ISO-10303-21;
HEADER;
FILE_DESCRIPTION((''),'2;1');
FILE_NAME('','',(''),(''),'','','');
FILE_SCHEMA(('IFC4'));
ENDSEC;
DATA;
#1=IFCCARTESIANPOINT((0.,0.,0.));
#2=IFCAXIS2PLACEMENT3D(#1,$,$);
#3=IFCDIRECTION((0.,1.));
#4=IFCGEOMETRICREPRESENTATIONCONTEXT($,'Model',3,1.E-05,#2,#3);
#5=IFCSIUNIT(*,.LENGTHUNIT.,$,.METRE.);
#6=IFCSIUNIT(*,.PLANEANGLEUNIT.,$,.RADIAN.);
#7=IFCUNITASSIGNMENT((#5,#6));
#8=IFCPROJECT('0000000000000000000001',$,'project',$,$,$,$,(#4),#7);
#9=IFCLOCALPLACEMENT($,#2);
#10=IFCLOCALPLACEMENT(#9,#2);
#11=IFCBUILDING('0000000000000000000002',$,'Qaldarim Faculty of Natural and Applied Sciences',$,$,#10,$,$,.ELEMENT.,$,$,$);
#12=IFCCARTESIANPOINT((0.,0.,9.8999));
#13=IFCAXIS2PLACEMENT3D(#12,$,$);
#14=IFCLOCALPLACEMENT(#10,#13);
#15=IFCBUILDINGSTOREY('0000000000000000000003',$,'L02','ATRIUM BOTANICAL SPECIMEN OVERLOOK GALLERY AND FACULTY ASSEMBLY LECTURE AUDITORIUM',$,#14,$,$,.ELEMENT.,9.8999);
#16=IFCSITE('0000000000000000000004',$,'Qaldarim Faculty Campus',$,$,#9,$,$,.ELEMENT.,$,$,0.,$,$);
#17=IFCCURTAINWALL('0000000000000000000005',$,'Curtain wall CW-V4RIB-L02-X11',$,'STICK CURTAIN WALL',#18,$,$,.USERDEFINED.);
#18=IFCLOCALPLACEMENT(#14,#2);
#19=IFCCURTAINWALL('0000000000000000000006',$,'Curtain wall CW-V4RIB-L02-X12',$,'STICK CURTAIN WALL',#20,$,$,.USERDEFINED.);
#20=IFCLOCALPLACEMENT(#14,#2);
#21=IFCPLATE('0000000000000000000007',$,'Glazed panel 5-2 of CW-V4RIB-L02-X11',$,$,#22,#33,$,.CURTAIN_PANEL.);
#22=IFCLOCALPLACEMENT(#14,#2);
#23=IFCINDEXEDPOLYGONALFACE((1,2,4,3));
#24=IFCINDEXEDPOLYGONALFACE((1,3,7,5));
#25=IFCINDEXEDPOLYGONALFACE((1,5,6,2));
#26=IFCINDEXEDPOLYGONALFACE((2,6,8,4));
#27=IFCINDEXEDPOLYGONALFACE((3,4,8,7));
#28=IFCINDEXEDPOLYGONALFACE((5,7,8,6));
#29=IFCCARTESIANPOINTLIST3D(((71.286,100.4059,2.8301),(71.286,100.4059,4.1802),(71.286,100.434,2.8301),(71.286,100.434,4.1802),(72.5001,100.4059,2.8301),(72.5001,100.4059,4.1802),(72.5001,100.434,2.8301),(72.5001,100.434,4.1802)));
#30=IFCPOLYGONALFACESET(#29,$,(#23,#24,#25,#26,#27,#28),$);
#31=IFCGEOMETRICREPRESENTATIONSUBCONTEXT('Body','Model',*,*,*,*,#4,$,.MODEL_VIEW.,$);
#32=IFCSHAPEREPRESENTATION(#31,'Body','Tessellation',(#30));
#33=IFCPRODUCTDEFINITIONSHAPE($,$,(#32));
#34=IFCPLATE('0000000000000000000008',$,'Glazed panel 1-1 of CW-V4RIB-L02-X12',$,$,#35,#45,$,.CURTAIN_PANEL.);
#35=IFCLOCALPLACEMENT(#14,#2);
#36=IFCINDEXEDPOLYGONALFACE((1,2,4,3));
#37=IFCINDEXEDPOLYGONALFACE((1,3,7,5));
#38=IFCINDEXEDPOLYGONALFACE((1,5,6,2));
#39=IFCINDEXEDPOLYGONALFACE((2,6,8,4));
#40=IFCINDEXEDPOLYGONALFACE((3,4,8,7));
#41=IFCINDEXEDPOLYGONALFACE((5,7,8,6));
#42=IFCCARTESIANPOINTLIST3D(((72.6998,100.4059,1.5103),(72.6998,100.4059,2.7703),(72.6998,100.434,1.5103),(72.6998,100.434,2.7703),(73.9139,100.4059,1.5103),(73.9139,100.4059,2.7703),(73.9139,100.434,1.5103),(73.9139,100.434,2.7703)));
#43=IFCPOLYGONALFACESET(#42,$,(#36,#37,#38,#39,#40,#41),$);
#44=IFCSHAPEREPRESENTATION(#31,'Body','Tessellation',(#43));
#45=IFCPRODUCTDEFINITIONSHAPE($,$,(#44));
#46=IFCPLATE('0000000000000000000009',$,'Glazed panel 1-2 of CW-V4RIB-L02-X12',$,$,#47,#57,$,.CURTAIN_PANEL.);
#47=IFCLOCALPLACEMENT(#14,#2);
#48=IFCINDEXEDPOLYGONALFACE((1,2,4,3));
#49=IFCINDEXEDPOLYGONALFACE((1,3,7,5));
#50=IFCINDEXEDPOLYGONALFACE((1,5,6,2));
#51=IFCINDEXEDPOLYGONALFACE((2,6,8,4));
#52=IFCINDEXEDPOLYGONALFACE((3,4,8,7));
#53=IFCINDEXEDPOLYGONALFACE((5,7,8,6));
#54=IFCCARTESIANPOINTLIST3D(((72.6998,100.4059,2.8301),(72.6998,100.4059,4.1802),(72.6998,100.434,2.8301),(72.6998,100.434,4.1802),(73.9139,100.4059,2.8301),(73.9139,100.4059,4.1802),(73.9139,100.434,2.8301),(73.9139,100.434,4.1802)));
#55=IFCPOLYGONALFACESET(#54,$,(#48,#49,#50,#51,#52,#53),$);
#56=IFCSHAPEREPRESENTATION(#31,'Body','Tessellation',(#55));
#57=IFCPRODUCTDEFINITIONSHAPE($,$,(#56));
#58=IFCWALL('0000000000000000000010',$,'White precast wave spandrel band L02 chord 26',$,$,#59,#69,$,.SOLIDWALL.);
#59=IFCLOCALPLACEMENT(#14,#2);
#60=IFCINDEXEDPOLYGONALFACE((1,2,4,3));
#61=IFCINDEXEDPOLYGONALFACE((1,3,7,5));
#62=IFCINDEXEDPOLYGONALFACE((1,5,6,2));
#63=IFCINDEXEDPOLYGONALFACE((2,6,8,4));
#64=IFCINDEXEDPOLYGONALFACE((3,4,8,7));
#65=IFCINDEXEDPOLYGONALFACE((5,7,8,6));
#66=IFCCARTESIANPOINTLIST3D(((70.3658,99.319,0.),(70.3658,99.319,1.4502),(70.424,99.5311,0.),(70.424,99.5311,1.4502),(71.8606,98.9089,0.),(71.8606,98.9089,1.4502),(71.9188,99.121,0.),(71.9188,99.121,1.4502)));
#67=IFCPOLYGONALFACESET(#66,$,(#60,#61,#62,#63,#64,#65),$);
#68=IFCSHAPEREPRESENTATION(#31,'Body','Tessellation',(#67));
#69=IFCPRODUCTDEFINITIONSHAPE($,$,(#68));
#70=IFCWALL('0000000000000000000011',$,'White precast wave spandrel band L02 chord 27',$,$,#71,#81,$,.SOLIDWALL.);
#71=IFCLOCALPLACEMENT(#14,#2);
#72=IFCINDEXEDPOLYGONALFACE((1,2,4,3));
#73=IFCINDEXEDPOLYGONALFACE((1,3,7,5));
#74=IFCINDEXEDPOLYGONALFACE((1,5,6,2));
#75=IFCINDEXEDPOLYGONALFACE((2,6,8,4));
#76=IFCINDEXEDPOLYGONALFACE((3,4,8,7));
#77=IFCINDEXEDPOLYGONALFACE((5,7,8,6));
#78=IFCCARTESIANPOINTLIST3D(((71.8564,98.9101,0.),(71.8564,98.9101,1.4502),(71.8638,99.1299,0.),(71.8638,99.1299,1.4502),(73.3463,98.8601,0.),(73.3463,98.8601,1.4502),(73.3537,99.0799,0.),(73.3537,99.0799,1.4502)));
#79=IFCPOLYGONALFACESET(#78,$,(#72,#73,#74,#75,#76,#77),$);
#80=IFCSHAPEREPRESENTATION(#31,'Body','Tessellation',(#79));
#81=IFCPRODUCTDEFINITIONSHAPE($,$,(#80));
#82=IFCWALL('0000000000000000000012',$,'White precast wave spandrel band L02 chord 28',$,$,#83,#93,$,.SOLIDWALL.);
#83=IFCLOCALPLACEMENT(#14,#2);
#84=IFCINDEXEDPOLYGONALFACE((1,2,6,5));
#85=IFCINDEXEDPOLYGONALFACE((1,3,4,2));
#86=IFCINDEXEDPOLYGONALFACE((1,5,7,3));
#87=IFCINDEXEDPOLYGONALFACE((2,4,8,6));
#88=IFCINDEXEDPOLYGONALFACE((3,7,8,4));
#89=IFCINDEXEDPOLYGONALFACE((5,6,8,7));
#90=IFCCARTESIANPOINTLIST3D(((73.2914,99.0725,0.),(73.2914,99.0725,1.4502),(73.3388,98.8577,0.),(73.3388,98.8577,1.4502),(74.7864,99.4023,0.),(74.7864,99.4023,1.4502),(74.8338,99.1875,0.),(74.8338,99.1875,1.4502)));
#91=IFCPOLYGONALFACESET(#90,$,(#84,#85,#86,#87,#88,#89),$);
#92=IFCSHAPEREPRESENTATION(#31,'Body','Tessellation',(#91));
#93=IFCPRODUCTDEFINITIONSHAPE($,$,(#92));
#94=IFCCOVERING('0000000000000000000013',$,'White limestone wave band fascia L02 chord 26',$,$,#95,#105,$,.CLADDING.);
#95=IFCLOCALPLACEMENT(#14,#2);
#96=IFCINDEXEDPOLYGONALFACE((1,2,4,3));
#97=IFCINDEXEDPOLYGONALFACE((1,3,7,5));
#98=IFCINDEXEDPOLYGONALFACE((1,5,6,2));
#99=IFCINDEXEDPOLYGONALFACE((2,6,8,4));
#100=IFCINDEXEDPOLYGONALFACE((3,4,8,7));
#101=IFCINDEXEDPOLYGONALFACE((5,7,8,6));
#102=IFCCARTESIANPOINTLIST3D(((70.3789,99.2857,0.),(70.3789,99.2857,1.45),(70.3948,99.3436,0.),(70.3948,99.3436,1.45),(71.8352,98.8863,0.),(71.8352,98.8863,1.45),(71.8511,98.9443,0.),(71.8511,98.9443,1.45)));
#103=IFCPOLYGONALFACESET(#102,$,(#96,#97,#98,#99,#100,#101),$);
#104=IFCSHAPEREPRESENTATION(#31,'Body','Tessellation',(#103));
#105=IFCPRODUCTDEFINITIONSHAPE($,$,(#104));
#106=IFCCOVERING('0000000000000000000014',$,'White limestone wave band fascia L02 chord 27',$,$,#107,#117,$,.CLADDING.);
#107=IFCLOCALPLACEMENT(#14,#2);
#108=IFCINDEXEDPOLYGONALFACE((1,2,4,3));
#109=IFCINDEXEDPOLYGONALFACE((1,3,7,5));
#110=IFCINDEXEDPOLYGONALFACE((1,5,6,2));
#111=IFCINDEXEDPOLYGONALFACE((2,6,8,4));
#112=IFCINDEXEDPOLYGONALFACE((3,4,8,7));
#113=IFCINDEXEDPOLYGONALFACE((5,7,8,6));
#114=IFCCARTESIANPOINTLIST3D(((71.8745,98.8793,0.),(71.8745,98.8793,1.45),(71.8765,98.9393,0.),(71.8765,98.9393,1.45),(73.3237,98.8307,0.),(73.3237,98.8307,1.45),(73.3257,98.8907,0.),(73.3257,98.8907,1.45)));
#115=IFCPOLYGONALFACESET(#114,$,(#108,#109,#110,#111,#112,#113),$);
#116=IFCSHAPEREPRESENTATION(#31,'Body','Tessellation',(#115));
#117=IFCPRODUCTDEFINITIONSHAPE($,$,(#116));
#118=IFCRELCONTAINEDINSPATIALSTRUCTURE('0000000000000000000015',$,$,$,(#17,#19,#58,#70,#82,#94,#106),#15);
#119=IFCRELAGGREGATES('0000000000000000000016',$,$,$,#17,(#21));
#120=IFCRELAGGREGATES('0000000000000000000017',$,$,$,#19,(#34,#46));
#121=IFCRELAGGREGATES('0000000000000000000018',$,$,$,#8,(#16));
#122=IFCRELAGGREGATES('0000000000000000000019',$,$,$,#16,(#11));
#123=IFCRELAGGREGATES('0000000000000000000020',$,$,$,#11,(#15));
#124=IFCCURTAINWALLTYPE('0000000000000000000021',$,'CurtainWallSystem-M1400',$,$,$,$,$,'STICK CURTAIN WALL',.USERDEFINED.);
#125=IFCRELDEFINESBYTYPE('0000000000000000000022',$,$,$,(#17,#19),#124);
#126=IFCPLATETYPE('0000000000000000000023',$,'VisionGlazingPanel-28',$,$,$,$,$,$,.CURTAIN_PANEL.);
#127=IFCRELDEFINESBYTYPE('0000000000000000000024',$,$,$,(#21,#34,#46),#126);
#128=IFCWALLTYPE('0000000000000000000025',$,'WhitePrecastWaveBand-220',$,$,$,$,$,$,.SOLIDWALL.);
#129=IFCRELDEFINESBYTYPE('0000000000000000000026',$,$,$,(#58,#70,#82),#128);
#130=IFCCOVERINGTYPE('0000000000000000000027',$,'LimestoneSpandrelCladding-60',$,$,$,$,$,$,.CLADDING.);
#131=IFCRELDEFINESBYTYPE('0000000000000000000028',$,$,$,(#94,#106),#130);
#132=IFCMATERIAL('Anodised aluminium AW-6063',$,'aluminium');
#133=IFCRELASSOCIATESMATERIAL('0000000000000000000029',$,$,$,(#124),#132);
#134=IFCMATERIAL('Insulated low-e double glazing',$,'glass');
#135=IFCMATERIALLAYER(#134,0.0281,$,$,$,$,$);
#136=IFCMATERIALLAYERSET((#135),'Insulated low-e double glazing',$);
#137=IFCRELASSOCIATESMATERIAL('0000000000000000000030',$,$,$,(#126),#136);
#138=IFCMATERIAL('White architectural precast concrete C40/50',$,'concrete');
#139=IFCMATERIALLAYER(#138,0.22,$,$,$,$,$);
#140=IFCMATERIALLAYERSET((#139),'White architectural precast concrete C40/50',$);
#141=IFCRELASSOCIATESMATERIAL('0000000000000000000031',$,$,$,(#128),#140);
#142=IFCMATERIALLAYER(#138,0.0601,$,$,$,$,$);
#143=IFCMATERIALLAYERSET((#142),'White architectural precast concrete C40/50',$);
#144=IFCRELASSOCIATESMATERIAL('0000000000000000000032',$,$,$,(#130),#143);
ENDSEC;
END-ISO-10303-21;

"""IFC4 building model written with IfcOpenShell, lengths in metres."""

from ifc_helpers import new_model, si_unit, direction, frame, frame_2d, origin, origin_2d, place, context, subcontext, project, spatial, rectangle, extrude, material, layer, layer_set, type_object, element, aggregate, save


model = new_model("IFC4")

# Units and contexts
model_context = context("Model", 3, precision=1e-05, world=origin(), true_north=direction((0.0, 1.0)))
body_context = subcontext(model_context, "Body", "Model", "MODEL_VIEW")
ifc_project = project(units=[si_unit("LENGTHUNIT", "METRE"), si_unit("PLANEANGLEUNIT", "RADIAN")], contexts=[model_context])

# Site, building, storey
site_placement = place(None, origin())
site = spatial("IfcSite", under=ifc_project, at=site_placement, Name="Qaldarim Faculty Campus", CompositionType="ELEMENT", RefElevation=0.0)
building_placement = place(site_placement, origin())
building = spatial("IfcBuilding", under=site, at=building_placement, Name="Qaldarim Faculty of Natural and Applied Sciences", CompositionType="ELEMENT")
storey_placement = place(building_placement, frame((0.0, 0.0, 9.8999)))
storey = spatial("IfcBuildingStorey", under=building, at=storey_placement, Name="L02", Description="ATRIUM BOTANICAL SPECIMEN OVERLOOK GALLERY AND FACULTY ASSEMBLY LECTURE AUDITORIUM", CompositionType="ELEMENT", Elevation=9.8999)

# Curtain walls
ifc_material_1 = material(Name="Anodised aluminium AW-6063", Category="aluminium")
curtain_wall_type = type_object("IfcCurtainWallType", Name="CurtainWallSystem-M1400", ElementType="STICK CURTAIN WALL", PredefinedType="USERDEFINED", material=ifc_material_1)
curtain_wall_1_placement = place(storey_placement, origin())
curtain_wall_1 = element("IfcCurtainWall", 1, at=curtain_wall_1_placement, inside=storey, type_object=curtain_wall_type, Name="Curtain wall CW-V4RIB-L02-X11", ObjectType="STICK CURTAIN WALL", PredefinedType="USERDEFINED")
curtain_wall_2_placement = place(storey_placement, origin())
curtain_wall_2 = element("IfcCurtainWall", 2, at=curtain_wall_2_placement, inside=storey, type_object=curtain_wall_type, Name="Curtain wall CW-V4RIB-L02-X12", ObjectType="STICK CURTAIN WALL", PredefinedType="USERDEFINED")

# Plates
ifc_material_2 = material(Name="Insulated low-e double glazing", Category="glass")
ifc_layer_1 = layer(ifc_material_2, 0.0281)
ifc_layer_set_1 = layer_set([ifc_layer_1], Name="Insulated low-e double glazing")
plate_type = type_object("IfcPlateType", Name="VisionGlazingPanel-28", PredefinedType="CURTAIN_PANEL", material=ifc_layer_set_1)
plate_1_placement = place(storey_placement, frame((71.8931, 100.4199, 2.8301), z_axis=(0.0, 0.0, 1.0), x_axis=(1.0, 0.0, 0.0)))
plate_1 = element("IfcPlate", 3, at=plate_1_placement, type_object=plate_type, Name="Glazed panel 5-2 of CW-V4RIB-L02-X11", PredefinedType="CURTAIN_PANEL", context=body_context, shape_type="SweptSolid", body=[
    extrude(rectangle(XDim=1.2141, YDim=0.0281, at=origin_2d()), origin(), (0.0, 0.0, 1.0), 1.3501),
])
aggregate(curtain_wall_1, [plate_1])
plate_2_placement = place(storey_placement, frame((73.3069, 100.4199, 1.5103), z_axis=(0.0, 0.0, 1.0), x_axis=(1.0, 0.0, 0.0)))
plate_2 = element("IfcPlate", 4, at=plate_2_placement, type_object=plate_type, Name="Glazed panel 1-1 of CW-V4RIB-L02-X12", PredefinedType="CURTAIN_PANEL", context=body_context, shape_type="SweptSolid", body=[
    extrude(rectangle(XDim=1.2141, YDim=0.0281, at=origin_2d()), origin(), (0.0, 0.0, 1.0), 1.26),
])
plate_3_placement = place(storey_placement, frame((73.3069, 100.4199, 2.8301), z_axis=(0.0, 0.0, 1.0), x_axis=(1.0, 0.0, 0.0)))
plate_3 = element("IfcPlate", 5, at=plate_3_placement, type_object=plate_type, Name="Glazed panel 1-2 of CW-V4RIB-L02-X12", PredefinedType="CURTAIN_PANEL", context=body_context, shape_type="SweptSolid", body=[
    extrude(rectangle(XDim=1.2141, YDim=0.0281, at=origin_2d()), origin(), (0.0, 0.0, 1.0), 1.3501),
])
aggregate(curtain_wall_2, [plate_2, plate_3])

# Walls
ifc_material_3 = material(Name="White architectural precast concrete C40/50", Category="concrete")
ifc_layer_2 = layer(ifc_material_3, 0.22)
ifc_layer_set_2 = layer_set([ifc_layer_2], Name="White architectural precast concrete C40/50")
wall_type = type_object("IfcWallType", Name="WhitePrecastWaveBand-220", PredefinedType="SOLIDWALL", material=ifc_layer_set_2)
wall_1_placement = place(storey_placement, frame((70.395, 99.425, 0.0), z_axis=(0.0, 0.0, 1.0), x_axis=(0.964359, -0.264596, 0.0)))
element("IfcWall", 6, at=wall_1_placement, inside=storey, type_object=wall_type, Name="White precast wave spandrel band L02 chord 26", PredefinedType="SOLIDWALL", context=body_context, shape_type="SweptSolid", body=[
    extrude(rectangle(XDim=1.55, YDim=0.22, at=frame_2d((0.7749, 0.0))), origin(), (0.0, 0.0, 1.0), 1.4502),
])
wall_2_placement = place(storey_placement, frame((71.8601, 99.02, 0.0), z_axis=(0.0, 0.0, 1.0), x_axis=(0.999436, -0.033571, 0.0)))
element("IfcWall", 7, at=wall_2_placement, inside=storey, type_object=wall_type, Name="White precast wave spandrel band L02 chord 27", PredefinedType="SOLIDWALL", context=body_context, shape_type="SweptSolid", body=[
    extrude(rectangle(XDim=1.4907, YDim=0.22, at=frame_2d((0.7454, 0.0))), origin(), (0.0, 0.0, 1.0), 1.4502),
])
wall_3_placement = place(storey_placement, frame((73.3149, 98.9651, 0.0), z_axis=(0.0, 0.0, 1.0), x_axis=(0.97652, 0.215428, 0.0)))
element("IfcWall", 8, at=wall_3_placement, inside=storey, type_object=wall_type, Name="White precast wave spandrel band L02 chord 28", PredefinedType="SOLIDWALL", context=body_context, shape_type="SweptSolid", body=[
    extrude(rectangle(XDim=1.531, YDim=0.22, at=frame_2d((0.7656, 0.0))), origin(), (0.0, 0.0, 1.0), 1.4502),
])

# Coverings
ifc_layer_3 = layer(ifc_material_3, 0.0601)
ifc_layer_set_3 = layer_set([ifc_layer_3], Name="White architectural precast concrete C40/50")
covering_type = type_object("IfcCoveringType", Name="LimestoneSpandrelCladding-60", PredefinedType="CLADDING", material=ifc_layer_set_3)
covering_1_placement = place(storey_placement, frame((71.115, 99.115, 0.0), z_axis=(0.0, 0.0, 1.0), x_axis=(0.964391, -0.264479, 0.0)))
element("IfcCovering", 9, at=covering_1_placement, inside=storey, type_object=covering_type, Name="White limestone wave band fascia L02 chord 26", PredefinedType="CLADDING", context=body_context, shape_type="SweptSolid", body=[
    extrude(rectangle(XDim=1.51, YDim=0.0601, at=origin_2d()), origin(), (0.0, 0.0, 1.0), 1.45),
])
covering_2_placement = place(storey_placement, frame((72.6001, 98.885, 0.0), z_axis=(0.0, 0.0, 1.0), x_axis=(0.999437, -0.033539, 0.0)))
element("IfcCovering", 10, at=covering_2_placement, inside=storey, type_object=covering_type, Name="White limestone wave band fascia L02 chord 27", PredefinedType="CLADDING", context=body_context, shape_type="SweptSolid", body=[
    extrude(rectangle(XDim=1.45, YDim=0.0601, at=origin_2d()), origin(), (0.0, 0.0, 1.0), 1.45),
])

save(model, "model.ifc")
